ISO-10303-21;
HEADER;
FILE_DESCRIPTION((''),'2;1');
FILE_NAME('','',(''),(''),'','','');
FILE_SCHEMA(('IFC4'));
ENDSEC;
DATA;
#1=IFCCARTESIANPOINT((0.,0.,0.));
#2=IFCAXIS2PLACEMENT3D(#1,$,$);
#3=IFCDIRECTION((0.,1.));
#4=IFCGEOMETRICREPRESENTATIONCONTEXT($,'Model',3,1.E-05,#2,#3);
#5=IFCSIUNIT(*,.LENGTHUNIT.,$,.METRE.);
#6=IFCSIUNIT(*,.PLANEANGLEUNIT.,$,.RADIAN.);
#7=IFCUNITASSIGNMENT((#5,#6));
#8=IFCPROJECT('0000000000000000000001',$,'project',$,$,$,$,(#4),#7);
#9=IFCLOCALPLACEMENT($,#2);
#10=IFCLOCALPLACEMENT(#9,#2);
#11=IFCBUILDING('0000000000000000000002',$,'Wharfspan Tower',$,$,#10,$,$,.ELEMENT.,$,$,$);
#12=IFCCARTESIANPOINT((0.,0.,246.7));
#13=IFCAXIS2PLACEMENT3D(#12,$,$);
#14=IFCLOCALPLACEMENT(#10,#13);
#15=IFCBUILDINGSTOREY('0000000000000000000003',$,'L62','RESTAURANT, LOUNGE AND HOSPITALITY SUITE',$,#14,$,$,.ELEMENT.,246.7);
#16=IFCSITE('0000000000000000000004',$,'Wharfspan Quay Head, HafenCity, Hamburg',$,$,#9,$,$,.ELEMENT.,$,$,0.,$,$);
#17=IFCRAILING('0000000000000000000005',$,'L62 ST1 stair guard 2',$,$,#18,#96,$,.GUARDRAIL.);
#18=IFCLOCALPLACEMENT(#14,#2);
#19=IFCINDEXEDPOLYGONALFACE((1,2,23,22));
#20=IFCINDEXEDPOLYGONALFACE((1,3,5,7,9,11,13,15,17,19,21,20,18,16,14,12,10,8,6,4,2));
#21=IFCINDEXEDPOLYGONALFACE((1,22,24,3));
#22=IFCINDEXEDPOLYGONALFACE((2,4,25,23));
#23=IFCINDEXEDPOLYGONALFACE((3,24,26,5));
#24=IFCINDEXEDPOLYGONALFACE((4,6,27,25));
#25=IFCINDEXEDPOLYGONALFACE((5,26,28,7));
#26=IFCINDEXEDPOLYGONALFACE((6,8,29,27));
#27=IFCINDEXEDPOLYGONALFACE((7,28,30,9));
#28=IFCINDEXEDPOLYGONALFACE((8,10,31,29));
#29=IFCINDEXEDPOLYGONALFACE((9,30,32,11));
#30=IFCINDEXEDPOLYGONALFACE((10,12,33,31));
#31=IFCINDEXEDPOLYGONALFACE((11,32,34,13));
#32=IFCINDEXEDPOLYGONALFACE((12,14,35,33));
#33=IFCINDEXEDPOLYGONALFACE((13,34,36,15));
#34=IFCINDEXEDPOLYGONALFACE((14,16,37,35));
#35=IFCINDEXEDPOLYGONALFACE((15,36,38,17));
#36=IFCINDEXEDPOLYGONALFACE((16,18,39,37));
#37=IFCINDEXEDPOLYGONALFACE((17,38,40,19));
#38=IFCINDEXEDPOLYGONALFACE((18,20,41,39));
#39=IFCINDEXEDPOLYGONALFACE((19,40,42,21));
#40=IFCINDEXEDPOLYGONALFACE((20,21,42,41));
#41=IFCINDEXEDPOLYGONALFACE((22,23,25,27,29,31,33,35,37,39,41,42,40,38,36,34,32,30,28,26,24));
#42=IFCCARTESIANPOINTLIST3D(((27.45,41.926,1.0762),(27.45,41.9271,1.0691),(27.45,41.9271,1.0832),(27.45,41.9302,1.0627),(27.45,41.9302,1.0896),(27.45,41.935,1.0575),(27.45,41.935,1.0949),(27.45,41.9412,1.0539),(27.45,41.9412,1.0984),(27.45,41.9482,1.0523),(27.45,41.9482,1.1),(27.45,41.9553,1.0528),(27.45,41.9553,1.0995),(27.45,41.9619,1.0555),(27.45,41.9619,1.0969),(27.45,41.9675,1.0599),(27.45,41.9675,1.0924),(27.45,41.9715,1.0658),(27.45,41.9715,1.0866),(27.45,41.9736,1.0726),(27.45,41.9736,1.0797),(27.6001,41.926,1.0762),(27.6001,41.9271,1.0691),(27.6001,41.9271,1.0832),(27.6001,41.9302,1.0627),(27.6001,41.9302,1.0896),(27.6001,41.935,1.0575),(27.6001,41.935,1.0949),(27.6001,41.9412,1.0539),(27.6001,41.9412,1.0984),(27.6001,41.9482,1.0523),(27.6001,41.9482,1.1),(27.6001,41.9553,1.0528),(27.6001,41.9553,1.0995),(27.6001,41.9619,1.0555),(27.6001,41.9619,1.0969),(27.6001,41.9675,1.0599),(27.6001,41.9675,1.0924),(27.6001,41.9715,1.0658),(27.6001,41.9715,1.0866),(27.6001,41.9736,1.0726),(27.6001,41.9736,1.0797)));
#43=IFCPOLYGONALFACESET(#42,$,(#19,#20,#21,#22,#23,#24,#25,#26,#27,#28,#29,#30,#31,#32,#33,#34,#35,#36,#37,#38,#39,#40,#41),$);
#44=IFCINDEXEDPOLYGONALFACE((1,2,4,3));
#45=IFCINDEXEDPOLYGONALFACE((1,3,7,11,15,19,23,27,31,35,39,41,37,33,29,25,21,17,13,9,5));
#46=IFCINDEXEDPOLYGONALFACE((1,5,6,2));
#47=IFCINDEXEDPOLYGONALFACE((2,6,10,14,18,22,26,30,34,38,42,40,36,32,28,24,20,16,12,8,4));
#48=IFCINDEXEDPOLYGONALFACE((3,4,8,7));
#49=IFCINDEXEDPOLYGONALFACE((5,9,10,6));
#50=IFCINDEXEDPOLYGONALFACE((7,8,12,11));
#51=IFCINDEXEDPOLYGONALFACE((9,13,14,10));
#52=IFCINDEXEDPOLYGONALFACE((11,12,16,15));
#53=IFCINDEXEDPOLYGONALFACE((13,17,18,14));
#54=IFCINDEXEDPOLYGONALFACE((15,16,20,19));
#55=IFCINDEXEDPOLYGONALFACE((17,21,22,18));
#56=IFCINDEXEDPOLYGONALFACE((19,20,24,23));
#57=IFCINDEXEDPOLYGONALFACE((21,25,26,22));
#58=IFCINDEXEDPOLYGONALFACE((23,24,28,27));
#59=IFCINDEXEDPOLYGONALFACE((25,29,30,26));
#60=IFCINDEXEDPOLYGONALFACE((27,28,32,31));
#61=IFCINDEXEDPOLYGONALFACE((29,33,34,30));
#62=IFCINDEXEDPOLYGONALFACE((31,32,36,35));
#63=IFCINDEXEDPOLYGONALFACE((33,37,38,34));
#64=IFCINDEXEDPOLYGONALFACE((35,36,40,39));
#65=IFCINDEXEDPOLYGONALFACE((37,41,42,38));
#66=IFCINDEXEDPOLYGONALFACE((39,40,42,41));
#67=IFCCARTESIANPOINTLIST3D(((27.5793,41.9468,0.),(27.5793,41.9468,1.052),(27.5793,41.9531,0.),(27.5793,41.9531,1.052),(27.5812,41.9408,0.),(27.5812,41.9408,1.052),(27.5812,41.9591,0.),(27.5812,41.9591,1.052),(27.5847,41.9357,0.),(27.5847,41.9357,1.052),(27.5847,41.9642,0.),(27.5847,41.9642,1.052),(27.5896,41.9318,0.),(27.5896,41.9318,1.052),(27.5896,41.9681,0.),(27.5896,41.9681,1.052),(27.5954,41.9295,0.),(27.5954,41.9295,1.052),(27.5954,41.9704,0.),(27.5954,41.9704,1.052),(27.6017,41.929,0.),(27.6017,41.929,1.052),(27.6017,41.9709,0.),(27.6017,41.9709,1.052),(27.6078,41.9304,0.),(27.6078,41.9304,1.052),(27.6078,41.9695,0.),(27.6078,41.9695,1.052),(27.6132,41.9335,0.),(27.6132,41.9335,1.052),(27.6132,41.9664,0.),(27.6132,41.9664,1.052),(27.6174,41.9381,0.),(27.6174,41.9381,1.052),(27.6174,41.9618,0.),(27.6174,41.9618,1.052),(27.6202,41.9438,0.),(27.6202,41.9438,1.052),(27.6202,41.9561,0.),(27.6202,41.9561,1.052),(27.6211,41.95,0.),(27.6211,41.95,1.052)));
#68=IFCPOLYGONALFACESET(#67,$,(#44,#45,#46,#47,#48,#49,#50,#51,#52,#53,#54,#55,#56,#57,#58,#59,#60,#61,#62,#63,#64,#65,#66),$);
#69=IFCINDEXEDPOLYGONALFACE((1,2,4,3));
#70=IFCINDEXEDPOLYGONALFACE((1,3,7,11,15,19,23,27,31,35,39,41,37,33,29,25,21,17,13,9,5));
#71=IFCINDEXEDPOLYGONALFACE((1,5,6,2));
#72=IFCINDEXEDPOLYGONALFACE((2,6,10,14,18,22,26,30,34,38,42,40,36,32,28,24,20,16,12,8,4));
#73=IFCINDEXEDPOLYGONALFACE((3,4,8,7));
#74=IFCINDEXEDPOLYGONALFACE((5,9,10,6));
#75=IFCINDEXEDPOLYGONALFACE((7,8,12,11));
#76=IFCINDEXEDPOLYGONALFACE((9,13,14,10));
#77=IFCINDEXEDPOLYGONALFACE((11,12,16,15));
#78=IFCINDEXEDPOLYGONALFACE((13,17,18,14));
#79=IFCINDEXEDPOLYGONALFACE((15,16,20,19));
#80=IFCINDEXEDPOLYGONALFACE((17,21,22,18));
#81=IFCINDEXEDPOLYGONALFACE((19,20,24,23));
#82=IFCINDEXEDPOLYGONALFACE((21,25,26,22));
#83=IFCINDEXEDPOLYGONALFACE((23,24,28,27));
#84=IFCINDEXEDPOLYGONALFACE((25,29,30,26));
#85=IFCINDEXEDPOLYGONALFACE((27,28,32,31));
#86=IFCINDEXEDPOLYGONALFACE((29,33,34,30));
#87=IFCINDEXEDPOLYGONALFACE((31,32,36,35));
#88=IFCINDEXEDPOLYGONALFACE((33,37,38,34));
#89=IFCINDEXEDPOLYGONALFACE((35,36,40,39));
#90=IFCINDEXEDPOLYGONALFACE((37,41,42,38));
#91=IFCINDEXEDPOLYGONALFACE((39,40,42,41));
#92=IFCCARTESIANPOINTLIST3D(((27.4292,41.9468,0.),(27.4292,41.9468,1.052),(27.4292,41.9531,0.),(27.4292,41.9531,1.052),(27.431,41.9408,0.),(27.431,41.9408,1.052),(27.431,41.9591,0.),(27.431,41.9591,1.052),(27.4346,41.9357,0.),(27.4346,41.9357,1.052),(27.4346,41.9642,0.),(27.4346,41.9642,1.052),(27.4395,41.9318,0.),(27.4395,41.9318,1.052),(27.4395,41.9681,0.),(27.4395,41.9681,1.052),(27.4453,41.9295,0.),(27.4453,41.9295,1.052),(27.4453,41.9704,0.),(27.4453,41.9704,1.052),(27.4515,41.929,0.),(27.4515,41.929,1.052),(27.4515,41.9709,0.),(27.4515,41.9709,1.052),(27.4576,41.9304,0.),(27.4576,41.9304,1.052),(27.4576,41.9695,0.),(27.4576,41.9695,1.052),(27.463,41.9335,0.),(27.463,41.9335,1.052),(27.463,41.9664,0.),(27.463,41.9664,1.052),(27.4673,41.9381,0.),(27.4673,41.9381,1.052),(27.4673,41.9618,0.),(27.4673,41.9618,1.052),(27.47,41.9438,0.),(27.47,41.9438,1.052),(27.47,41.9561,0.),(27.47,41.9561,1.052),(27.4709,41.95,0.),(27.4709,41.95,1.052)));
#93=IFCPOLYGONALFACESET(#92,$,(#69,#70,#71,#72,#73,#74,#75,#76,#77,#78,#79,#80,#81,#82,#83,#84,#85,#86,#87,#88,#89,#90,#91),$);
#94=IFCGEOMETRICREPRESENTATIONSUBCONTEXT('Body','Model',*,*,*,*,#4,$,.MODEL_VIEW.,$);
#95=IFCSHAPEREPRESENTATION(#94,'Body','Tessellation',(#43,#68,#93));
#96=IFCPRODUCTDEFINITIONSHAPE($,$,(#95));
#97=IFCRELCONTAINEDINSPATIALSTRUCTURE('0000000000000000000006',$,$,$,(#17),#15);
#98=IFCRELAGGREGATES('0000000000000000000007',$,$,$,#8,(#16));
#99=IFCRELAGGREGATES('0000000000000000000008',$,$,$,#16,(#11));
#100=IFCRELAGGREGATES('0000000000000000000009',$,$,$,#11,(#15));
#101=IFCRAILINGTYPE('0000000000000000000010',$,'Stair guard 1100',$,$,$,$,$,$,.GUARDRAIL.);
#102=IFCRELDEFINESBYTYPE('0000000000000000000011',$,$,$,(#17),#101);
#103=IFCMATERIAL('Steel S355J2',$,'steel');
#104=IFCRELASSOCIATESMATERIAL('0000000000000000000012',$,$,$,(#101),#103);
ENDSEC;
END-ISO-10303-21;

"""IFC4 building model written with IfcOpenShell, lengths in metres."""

from ifc_helpers import new_model, si_unit, direction, frame, origin, origin_2d, place, context, subcontext, project, spatial, circle, extrude, material, type_object, element, save


model = new_model("IFC4")

# Units and contexts
model_context = context("Model", 3, precision=1e-05, world=origin(), true_north=direction((0.0, 1.0)))
body_context = subcontext(model_context, "Body", "Model", "MODEL_VIEW")
ifc_project = project(units=[si_unit("LENGTHUNIT", "METRE"), si_unit("PLANEANGLEUNIT", "RADIAN")], contexts=[model_context])

# Site, building, storey
site_placement = place(None, origin())
site = spatial("IfcSite", under=ifc_project, at=site_placement, Name="Wharfspan Quay Head, HafenCity, Hamburg", CompositionType="ELEMENT", RefElevation=0.0)
building_placement = place(site_placement, origin())
building = spatial("IfcBuilding", under=site, at=building_placement, Name="Wharfspan Tower", CompositionType="ELEMENT")
storey_placement = place(building_placement, frame((0.0, 0.0, 246.7)))
storey = spatial("IfcBuildingStorey", under=building, at=storey_placement, Name="L62", Description="RESTAURANT, LOUNGE AND HOSPITALITY SUITE", CompositionType="ELEMENT", Elevation=246.7)

# Shared definitions
ifc_material_1 = material(Name="Steel S355J2", Category="steel")

# Railing
railing_type_1 = type_object("IfcRailingType", Name="Stair guard 1100", PredefinedType="GUARDRAIL", material=ifc_material_1)
railing_1_placement = place(storey_placement, frame((27.6001, 41.95, 0.0)))
element("IfcRailing", 1, at=railing_1_placement, inside=storey, type_object=railing_type_1, Name="L62 ST1 stair guard 2", PredefinedType="GUARDRAIL", context=body_context, shape_type="SweptSolid", body=[
    extrude(circle(Radius=0.0239, at=origin_2d()), frame((0.0, 0.0, 1.0762), z_axis=(-1.0, 0.0, 0.0), x_axis=(0.0, -1.0, 0.0)), (0.0, 0.0, 1.0), 0.1501),
    extrude(circle(Radius=0.021, at=origin_2d()), origin(), (0.0, 0.0, 1.0), 1.052),
    extrude(circle(Radius=0.021, at=origin_2d()), frame((-0.1501, 0.0, 0.0)), (0.0, 0.0, 1.0), 1.052),
])

save(model, "model.ifc")
